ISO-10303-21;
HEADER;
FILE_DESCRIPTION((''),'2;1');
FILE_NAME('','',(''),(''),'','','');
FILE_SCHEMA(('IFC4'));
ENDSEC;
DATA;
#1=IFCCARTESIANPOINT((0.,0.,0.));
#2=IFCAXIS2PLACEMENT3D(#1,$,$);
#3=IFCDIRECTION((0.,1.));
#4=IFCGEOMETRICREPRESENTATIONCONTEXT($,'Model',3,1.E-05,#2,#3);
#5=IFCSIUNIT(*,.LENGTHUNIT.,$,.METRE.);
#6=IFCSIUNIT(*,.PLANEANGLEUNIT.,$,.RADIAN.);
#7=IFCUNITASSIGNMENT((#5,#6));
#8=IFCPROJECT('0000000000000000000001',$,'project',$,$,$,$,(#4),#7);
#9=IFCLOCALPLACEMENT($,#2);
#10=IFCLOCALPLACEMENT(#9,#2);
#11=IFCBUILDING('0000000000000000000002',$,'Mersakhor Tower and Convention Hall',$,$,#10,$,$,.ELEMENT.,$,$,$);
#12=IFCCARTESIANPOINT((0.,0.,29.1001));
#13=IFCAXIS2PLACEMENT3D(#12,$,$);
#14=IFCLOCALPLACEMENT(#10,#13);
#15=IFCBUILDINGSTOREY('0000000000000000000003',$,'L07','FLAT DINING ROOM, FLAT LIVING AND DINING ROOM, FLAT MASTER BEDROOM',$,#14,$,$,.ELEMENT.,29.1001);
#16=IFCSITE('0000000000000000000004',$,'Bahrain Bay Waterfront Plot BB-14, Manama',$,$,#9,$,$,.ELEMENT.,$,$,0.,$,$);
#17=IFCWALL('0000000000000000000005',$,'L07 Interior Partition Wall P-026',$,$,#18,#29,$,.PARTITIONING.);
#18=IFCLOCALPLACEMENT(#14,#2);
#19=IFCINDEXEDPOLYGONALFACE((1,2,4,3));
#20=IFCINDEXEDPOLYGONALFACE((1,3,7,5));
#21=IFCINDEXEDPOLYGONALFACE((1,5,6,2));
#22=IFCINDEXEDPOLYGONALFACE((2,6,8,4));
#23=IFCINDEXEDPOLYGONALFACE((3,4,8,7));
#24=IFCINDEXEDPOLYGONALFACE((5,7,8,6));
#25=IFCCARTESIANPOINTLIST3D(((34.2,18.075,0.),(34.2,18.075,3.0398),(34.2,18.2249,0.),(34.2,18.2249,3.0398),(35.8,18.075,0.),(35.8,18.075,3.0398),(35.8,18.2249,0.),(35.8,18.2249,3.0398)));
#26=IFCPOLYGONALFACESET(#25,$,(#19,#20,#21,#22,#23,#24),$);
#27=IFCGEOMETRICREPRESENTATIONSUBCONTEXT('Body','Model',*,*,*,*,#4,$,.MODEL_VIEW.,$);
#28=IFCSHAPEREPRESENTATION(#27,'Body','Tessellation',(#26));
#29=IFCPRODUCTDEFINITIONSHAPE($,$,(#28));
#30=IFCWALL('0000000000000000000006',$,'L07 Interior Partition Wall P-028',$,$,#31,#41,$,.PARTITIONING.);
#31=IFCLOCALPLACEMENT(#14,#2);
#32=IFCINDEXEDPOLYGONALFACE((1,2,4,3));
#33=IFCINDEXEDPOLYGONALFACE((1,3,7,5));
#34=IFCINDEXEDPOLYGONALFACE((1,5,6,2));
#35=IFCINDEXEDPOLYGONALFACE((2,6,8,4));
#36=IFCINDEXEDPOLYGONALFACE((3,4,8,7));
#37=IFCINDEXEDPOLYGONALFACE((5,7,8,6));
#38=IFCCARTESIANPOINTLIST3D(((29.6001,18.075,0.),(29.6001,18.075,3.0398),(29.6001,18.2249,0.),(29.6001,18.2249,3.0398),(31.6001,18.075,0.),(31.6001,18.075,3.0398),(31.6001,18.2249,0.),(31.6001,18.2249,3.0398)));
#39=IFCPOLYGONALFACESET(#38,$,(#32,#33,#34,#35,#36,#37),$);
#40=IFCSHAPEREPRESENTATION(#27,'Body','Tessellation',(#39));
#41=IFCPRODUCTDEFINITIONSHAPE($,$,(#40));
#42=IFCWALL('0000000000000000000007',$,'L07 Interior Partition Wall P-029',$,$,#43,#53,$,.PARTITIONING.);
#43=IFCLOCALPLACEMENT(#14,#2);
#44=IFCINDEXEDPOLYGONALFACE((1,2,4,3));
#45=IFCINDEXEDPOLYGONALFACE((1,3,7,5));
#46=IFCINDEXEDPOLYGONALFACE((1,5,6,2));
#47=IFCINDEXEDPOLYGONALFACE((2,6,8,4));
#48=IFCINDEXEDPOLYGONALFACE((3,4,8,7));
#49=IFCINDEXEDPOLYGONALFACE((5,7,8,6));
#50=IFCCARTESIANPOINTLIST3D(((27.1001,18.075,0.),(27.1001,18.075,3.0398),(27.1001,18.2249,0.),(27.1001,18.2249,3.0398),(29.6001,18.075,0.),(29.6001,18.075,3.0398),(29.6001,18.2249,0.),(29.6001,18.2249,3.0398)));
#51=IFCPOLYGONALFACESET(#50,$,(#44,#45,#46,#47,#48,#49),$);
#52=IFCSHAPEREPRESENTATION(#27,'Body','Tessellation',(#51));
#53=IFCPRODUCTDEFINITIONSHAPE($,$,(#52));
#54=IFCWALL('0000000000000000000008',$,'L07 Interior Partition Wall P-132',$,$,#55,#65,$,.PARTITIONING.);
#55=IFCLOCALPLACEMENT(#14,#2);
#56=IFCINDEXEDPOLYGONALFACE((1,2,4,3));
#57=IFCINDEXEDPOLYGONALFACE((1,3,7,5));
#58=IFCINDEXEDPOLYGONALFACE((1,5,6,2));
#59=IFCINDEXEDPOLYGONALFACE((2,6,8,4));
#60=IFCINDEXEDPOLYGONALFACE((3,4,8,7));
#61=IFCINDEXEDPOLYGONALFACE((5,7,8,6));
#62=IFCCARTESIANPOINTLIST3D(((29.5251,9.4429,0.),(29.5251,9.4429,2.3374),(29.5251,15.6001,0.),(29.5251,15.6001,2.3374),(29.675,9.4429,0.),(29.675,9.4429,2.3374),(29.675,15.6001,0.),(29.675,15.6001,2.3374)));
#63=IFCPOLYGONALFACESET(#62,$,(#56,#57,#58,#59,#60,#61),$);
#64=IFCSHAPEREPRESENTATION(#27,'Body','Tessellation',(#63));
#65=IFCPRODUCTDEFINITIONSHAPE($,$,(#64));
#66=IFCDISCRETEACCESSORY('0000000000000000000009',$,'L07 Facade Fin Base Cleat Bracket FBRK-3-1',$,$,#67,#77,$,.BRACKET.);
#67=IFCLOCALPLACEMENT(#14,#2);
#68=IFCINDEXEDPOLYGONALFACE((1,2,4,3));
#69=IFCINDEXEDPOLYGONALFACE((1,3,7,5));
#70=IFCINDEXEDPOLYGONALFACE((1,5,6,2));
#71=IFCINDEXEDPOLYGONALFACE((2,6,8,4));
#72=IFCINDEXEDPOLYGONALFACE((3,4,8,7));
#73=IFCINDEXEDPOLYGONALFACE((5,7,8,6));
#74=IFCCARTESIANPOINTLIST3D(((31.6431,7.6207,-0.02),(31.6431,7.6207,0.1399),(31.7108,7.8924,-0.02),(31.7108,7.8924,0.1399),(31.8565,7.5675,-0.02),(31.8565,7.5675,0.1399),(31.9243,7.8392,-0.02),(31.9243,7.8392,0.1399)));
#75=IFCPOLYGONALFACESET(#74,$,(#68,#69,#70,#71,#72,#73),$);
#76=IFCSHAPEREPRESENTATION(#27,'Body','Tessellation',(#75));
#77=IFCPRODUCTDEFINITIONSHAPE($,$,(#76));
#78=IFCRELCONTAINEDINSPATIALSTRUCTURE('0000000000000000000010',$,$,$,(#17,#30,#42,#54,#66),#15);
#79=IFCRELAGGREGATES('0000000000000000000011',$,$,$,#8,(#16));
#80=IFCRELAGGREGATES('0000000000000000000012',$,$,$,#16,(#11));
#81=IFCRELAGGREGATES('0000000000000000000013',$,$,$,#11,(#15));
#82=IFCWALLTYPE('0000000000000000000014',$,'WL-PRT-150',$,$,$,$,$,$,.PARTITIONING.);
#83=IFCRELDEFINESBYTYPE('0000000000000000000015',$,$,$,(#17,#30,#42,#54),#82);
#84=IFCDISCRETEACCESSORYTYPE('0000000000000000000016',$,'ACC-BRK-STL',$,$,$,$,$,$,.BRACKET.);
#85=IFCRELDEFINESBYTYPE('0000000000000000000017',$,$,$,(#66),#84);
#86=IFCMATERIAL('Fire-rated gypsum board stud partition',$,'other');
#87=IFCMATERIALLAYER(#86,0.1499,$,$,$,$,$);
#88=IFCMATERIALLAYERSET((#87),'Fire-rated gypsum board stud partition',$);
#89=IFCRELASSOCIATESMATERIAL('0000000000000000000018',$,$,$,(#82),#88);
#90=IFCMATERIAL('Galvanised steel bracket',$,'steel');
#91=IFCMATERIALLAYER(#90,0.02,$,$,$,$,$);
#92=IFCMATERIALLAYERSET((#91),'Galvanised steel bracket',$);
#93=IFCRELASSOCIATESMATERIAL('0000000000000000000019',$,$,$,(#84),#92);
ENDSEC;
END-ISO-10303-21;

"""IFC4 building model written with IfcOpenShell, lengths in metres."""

from ifc_helpers import new_model, si_unit, direction, frame, frame_2d, origin, origin_2d, place, context, subcontext, project, spatial, rectangle, extrude, material, layer, layer_set, type_object, element, save


model = new_model("IFC4")

# Units and contexts
model_context = context("Model", 3, precision=1e-05, world=origin(), true_north=direction((0.0, 1.0)))
body_context = subcontext(model_context, "Body", "Model", "MODEL_VIEW")
ifc_project = project(units=[si_unit("LENGTHUNIT", "METRE"), si_unit("PLANEANGLEUNIT", "RADIAN")], contexts=[model_context])

# Site, building, storey
site_placement = place(None, origin())
site = spatial("IfcSite", under=ifc_project, at=site_placement, Name="Bahrain Bay Waterfront Plot BB-14, Manama", CompositionType="ELEMENT", RefElevation=0.0)
building_placement = place(site_placement, origin())
building = spatial("IfcBuilding", under=site, at=building_placement, Name="Mersakhor Tower and Convention Hall", CompositionType="ELEMENT")
storey_placement = place(building_placement, frame((0.0, 0.0, 29.1001)))
storey = spatial("IfcBuildingStorey", under=building, at=storey_placement, Name="L07", Description="FLAT DINING ROOM, FLAT LIVING AND DINING ROOM, FLAT MASTER BEDROOM", CompositionType="ELEMENT", Elevation=29.1001)

# Wall
ifc_material_1 = material(Name="Fire-rated gypsum board stud partition", Category="other")
ifc_layer_1 = layer(ifc_material_1, 0.1499)
ifc_layer_set_1 = layer_set([ifc_layer_1], Name="Fire-rated gypsum board stud partition")
wall_type_1 = type_object("IfcWallType", Name="WL-PRT-150", PredefinedType="PARTITIONING", material=ifc_layer_set_1)
wall_1_placement = place(storey_placement, frame((35.8, 18.1499, 0.0), z_axis=(0.0, 0.0, 1.0), x_axis=(-1.0, 0.0, 0.0)))
element("IfcWall", 1, at=wall_1_placement, inside=storey, type_object=wall_type_1, Name="L07 Interior Partition Wall P-026", PredefinedType="PARTITIONING", context=body_context, shape_type="SweptSolid", body=[
    extrude(rectangle(XDim=1.6001, YDim=0.1499, at=frame_2d((0.8, 0.0))), origin(), (0.0, 0.0, 1.0), 3.0398),
])

# Walls
wall_2_placement = place(storey_placement, frame((31.6001, 18.1499, 0.0), z_axis=(0.0, 0.0, 1.0), x_axis=(-1.0, 0.0, 0.0)))
element("IfcWall", 2, at=wall_2_placement, inside=storey, type_object=wall_type_1, Name="L07 Interior Partition Wall P-028", PredefinedType="PARTITIONING", context=body_context, shape_type="SweptSolid", body=[
    extrude(rectangle(XDim=2.0, YDim=0.1499, at=frame_2d((1.0, 0.0))), origin(), (0.0, 0.0, 1.0), 3.0398),
])
wall_3_placement = place(storey_placement, frame((29.6001, 18.1499, 0.0), z_axis=(0.0, 0.0, 1.0), x_axis=(-1.0, 0.0, 0.0)))
element("IfcWall", 3, at=wall_3_placement, inside=storey, type_object=wall_type_1, Name="L07 Interior Partition Wall P-029", PredefinedType="PARTITIONING", context=body_context, shape_type="SweptSolid", body=[
    extrude(rectangle(XDim=2.5, YDim=0.1499, at=frame_2d((1.25, 0.0))), origin(), (0.0, 0.0, 1.0), 3.0398),
])
wall_4_placement = place(storey_placement, frame((29.6001, 15.6001, 0.0), z_axis=(0.0, 0.0, 1.0), x_axis=(0.0, -1.0, 0.0)))
element("IfcWall", 4, at=wall_4_placement, inside=storey, type_object=wall_type_1, Name="L07 Interior Partition Wall P-132", PredefinedType="PARTITIONING", context=body_context, shape_type="SweptSolid", body=[
    extrude(rectangle(XDim=6.1572, YDim=0.1499, at=frame_2d((3.0786, 0.0))), origin(), (0.0, 0.0, 1.0), 2.3374),
])

# Discrete accessory
ifc_material_2 = material(Name="Galvanised steel bracket", Category="steel")
ifc_layer_2 = layer(ifc_material_2, 0.02)
ifc_layer_set_2 = layer_set([ifc_layer_2], Name="Galvanised steel bracket")
discrete_accessory_type = type_object("IfcDiscreteAccessoryType", Name="ACC-BRK-STL", PredefinedType="BRACKET", material=ifc_layer_set_2)
discrete_accessory_placement = place(storey_placement, frame((31.7837, 7.73, -0.02), z_axis=(0.0, 0.0, 1.0), x_axis=(-0.241922, -0.970296, 0.0)))
element("IfcDiscreteAccessory", 5, at=discrete_accessory_placement, inside=storey, type_object=discrete_accessory_type, Name="L07 Facade Fin Base Cleat Bracket FBRK-3-1", PredefinedType="BRACKET", context=body_context, shape_type="SweptSolid", body=[
    extrude(rectangle(XDim=0.28, YDim=0.22, at=origin_2d()), origin(), (0.0, 0.0, 1.0), 0.1599),
])

save(model, "model.ifc")
